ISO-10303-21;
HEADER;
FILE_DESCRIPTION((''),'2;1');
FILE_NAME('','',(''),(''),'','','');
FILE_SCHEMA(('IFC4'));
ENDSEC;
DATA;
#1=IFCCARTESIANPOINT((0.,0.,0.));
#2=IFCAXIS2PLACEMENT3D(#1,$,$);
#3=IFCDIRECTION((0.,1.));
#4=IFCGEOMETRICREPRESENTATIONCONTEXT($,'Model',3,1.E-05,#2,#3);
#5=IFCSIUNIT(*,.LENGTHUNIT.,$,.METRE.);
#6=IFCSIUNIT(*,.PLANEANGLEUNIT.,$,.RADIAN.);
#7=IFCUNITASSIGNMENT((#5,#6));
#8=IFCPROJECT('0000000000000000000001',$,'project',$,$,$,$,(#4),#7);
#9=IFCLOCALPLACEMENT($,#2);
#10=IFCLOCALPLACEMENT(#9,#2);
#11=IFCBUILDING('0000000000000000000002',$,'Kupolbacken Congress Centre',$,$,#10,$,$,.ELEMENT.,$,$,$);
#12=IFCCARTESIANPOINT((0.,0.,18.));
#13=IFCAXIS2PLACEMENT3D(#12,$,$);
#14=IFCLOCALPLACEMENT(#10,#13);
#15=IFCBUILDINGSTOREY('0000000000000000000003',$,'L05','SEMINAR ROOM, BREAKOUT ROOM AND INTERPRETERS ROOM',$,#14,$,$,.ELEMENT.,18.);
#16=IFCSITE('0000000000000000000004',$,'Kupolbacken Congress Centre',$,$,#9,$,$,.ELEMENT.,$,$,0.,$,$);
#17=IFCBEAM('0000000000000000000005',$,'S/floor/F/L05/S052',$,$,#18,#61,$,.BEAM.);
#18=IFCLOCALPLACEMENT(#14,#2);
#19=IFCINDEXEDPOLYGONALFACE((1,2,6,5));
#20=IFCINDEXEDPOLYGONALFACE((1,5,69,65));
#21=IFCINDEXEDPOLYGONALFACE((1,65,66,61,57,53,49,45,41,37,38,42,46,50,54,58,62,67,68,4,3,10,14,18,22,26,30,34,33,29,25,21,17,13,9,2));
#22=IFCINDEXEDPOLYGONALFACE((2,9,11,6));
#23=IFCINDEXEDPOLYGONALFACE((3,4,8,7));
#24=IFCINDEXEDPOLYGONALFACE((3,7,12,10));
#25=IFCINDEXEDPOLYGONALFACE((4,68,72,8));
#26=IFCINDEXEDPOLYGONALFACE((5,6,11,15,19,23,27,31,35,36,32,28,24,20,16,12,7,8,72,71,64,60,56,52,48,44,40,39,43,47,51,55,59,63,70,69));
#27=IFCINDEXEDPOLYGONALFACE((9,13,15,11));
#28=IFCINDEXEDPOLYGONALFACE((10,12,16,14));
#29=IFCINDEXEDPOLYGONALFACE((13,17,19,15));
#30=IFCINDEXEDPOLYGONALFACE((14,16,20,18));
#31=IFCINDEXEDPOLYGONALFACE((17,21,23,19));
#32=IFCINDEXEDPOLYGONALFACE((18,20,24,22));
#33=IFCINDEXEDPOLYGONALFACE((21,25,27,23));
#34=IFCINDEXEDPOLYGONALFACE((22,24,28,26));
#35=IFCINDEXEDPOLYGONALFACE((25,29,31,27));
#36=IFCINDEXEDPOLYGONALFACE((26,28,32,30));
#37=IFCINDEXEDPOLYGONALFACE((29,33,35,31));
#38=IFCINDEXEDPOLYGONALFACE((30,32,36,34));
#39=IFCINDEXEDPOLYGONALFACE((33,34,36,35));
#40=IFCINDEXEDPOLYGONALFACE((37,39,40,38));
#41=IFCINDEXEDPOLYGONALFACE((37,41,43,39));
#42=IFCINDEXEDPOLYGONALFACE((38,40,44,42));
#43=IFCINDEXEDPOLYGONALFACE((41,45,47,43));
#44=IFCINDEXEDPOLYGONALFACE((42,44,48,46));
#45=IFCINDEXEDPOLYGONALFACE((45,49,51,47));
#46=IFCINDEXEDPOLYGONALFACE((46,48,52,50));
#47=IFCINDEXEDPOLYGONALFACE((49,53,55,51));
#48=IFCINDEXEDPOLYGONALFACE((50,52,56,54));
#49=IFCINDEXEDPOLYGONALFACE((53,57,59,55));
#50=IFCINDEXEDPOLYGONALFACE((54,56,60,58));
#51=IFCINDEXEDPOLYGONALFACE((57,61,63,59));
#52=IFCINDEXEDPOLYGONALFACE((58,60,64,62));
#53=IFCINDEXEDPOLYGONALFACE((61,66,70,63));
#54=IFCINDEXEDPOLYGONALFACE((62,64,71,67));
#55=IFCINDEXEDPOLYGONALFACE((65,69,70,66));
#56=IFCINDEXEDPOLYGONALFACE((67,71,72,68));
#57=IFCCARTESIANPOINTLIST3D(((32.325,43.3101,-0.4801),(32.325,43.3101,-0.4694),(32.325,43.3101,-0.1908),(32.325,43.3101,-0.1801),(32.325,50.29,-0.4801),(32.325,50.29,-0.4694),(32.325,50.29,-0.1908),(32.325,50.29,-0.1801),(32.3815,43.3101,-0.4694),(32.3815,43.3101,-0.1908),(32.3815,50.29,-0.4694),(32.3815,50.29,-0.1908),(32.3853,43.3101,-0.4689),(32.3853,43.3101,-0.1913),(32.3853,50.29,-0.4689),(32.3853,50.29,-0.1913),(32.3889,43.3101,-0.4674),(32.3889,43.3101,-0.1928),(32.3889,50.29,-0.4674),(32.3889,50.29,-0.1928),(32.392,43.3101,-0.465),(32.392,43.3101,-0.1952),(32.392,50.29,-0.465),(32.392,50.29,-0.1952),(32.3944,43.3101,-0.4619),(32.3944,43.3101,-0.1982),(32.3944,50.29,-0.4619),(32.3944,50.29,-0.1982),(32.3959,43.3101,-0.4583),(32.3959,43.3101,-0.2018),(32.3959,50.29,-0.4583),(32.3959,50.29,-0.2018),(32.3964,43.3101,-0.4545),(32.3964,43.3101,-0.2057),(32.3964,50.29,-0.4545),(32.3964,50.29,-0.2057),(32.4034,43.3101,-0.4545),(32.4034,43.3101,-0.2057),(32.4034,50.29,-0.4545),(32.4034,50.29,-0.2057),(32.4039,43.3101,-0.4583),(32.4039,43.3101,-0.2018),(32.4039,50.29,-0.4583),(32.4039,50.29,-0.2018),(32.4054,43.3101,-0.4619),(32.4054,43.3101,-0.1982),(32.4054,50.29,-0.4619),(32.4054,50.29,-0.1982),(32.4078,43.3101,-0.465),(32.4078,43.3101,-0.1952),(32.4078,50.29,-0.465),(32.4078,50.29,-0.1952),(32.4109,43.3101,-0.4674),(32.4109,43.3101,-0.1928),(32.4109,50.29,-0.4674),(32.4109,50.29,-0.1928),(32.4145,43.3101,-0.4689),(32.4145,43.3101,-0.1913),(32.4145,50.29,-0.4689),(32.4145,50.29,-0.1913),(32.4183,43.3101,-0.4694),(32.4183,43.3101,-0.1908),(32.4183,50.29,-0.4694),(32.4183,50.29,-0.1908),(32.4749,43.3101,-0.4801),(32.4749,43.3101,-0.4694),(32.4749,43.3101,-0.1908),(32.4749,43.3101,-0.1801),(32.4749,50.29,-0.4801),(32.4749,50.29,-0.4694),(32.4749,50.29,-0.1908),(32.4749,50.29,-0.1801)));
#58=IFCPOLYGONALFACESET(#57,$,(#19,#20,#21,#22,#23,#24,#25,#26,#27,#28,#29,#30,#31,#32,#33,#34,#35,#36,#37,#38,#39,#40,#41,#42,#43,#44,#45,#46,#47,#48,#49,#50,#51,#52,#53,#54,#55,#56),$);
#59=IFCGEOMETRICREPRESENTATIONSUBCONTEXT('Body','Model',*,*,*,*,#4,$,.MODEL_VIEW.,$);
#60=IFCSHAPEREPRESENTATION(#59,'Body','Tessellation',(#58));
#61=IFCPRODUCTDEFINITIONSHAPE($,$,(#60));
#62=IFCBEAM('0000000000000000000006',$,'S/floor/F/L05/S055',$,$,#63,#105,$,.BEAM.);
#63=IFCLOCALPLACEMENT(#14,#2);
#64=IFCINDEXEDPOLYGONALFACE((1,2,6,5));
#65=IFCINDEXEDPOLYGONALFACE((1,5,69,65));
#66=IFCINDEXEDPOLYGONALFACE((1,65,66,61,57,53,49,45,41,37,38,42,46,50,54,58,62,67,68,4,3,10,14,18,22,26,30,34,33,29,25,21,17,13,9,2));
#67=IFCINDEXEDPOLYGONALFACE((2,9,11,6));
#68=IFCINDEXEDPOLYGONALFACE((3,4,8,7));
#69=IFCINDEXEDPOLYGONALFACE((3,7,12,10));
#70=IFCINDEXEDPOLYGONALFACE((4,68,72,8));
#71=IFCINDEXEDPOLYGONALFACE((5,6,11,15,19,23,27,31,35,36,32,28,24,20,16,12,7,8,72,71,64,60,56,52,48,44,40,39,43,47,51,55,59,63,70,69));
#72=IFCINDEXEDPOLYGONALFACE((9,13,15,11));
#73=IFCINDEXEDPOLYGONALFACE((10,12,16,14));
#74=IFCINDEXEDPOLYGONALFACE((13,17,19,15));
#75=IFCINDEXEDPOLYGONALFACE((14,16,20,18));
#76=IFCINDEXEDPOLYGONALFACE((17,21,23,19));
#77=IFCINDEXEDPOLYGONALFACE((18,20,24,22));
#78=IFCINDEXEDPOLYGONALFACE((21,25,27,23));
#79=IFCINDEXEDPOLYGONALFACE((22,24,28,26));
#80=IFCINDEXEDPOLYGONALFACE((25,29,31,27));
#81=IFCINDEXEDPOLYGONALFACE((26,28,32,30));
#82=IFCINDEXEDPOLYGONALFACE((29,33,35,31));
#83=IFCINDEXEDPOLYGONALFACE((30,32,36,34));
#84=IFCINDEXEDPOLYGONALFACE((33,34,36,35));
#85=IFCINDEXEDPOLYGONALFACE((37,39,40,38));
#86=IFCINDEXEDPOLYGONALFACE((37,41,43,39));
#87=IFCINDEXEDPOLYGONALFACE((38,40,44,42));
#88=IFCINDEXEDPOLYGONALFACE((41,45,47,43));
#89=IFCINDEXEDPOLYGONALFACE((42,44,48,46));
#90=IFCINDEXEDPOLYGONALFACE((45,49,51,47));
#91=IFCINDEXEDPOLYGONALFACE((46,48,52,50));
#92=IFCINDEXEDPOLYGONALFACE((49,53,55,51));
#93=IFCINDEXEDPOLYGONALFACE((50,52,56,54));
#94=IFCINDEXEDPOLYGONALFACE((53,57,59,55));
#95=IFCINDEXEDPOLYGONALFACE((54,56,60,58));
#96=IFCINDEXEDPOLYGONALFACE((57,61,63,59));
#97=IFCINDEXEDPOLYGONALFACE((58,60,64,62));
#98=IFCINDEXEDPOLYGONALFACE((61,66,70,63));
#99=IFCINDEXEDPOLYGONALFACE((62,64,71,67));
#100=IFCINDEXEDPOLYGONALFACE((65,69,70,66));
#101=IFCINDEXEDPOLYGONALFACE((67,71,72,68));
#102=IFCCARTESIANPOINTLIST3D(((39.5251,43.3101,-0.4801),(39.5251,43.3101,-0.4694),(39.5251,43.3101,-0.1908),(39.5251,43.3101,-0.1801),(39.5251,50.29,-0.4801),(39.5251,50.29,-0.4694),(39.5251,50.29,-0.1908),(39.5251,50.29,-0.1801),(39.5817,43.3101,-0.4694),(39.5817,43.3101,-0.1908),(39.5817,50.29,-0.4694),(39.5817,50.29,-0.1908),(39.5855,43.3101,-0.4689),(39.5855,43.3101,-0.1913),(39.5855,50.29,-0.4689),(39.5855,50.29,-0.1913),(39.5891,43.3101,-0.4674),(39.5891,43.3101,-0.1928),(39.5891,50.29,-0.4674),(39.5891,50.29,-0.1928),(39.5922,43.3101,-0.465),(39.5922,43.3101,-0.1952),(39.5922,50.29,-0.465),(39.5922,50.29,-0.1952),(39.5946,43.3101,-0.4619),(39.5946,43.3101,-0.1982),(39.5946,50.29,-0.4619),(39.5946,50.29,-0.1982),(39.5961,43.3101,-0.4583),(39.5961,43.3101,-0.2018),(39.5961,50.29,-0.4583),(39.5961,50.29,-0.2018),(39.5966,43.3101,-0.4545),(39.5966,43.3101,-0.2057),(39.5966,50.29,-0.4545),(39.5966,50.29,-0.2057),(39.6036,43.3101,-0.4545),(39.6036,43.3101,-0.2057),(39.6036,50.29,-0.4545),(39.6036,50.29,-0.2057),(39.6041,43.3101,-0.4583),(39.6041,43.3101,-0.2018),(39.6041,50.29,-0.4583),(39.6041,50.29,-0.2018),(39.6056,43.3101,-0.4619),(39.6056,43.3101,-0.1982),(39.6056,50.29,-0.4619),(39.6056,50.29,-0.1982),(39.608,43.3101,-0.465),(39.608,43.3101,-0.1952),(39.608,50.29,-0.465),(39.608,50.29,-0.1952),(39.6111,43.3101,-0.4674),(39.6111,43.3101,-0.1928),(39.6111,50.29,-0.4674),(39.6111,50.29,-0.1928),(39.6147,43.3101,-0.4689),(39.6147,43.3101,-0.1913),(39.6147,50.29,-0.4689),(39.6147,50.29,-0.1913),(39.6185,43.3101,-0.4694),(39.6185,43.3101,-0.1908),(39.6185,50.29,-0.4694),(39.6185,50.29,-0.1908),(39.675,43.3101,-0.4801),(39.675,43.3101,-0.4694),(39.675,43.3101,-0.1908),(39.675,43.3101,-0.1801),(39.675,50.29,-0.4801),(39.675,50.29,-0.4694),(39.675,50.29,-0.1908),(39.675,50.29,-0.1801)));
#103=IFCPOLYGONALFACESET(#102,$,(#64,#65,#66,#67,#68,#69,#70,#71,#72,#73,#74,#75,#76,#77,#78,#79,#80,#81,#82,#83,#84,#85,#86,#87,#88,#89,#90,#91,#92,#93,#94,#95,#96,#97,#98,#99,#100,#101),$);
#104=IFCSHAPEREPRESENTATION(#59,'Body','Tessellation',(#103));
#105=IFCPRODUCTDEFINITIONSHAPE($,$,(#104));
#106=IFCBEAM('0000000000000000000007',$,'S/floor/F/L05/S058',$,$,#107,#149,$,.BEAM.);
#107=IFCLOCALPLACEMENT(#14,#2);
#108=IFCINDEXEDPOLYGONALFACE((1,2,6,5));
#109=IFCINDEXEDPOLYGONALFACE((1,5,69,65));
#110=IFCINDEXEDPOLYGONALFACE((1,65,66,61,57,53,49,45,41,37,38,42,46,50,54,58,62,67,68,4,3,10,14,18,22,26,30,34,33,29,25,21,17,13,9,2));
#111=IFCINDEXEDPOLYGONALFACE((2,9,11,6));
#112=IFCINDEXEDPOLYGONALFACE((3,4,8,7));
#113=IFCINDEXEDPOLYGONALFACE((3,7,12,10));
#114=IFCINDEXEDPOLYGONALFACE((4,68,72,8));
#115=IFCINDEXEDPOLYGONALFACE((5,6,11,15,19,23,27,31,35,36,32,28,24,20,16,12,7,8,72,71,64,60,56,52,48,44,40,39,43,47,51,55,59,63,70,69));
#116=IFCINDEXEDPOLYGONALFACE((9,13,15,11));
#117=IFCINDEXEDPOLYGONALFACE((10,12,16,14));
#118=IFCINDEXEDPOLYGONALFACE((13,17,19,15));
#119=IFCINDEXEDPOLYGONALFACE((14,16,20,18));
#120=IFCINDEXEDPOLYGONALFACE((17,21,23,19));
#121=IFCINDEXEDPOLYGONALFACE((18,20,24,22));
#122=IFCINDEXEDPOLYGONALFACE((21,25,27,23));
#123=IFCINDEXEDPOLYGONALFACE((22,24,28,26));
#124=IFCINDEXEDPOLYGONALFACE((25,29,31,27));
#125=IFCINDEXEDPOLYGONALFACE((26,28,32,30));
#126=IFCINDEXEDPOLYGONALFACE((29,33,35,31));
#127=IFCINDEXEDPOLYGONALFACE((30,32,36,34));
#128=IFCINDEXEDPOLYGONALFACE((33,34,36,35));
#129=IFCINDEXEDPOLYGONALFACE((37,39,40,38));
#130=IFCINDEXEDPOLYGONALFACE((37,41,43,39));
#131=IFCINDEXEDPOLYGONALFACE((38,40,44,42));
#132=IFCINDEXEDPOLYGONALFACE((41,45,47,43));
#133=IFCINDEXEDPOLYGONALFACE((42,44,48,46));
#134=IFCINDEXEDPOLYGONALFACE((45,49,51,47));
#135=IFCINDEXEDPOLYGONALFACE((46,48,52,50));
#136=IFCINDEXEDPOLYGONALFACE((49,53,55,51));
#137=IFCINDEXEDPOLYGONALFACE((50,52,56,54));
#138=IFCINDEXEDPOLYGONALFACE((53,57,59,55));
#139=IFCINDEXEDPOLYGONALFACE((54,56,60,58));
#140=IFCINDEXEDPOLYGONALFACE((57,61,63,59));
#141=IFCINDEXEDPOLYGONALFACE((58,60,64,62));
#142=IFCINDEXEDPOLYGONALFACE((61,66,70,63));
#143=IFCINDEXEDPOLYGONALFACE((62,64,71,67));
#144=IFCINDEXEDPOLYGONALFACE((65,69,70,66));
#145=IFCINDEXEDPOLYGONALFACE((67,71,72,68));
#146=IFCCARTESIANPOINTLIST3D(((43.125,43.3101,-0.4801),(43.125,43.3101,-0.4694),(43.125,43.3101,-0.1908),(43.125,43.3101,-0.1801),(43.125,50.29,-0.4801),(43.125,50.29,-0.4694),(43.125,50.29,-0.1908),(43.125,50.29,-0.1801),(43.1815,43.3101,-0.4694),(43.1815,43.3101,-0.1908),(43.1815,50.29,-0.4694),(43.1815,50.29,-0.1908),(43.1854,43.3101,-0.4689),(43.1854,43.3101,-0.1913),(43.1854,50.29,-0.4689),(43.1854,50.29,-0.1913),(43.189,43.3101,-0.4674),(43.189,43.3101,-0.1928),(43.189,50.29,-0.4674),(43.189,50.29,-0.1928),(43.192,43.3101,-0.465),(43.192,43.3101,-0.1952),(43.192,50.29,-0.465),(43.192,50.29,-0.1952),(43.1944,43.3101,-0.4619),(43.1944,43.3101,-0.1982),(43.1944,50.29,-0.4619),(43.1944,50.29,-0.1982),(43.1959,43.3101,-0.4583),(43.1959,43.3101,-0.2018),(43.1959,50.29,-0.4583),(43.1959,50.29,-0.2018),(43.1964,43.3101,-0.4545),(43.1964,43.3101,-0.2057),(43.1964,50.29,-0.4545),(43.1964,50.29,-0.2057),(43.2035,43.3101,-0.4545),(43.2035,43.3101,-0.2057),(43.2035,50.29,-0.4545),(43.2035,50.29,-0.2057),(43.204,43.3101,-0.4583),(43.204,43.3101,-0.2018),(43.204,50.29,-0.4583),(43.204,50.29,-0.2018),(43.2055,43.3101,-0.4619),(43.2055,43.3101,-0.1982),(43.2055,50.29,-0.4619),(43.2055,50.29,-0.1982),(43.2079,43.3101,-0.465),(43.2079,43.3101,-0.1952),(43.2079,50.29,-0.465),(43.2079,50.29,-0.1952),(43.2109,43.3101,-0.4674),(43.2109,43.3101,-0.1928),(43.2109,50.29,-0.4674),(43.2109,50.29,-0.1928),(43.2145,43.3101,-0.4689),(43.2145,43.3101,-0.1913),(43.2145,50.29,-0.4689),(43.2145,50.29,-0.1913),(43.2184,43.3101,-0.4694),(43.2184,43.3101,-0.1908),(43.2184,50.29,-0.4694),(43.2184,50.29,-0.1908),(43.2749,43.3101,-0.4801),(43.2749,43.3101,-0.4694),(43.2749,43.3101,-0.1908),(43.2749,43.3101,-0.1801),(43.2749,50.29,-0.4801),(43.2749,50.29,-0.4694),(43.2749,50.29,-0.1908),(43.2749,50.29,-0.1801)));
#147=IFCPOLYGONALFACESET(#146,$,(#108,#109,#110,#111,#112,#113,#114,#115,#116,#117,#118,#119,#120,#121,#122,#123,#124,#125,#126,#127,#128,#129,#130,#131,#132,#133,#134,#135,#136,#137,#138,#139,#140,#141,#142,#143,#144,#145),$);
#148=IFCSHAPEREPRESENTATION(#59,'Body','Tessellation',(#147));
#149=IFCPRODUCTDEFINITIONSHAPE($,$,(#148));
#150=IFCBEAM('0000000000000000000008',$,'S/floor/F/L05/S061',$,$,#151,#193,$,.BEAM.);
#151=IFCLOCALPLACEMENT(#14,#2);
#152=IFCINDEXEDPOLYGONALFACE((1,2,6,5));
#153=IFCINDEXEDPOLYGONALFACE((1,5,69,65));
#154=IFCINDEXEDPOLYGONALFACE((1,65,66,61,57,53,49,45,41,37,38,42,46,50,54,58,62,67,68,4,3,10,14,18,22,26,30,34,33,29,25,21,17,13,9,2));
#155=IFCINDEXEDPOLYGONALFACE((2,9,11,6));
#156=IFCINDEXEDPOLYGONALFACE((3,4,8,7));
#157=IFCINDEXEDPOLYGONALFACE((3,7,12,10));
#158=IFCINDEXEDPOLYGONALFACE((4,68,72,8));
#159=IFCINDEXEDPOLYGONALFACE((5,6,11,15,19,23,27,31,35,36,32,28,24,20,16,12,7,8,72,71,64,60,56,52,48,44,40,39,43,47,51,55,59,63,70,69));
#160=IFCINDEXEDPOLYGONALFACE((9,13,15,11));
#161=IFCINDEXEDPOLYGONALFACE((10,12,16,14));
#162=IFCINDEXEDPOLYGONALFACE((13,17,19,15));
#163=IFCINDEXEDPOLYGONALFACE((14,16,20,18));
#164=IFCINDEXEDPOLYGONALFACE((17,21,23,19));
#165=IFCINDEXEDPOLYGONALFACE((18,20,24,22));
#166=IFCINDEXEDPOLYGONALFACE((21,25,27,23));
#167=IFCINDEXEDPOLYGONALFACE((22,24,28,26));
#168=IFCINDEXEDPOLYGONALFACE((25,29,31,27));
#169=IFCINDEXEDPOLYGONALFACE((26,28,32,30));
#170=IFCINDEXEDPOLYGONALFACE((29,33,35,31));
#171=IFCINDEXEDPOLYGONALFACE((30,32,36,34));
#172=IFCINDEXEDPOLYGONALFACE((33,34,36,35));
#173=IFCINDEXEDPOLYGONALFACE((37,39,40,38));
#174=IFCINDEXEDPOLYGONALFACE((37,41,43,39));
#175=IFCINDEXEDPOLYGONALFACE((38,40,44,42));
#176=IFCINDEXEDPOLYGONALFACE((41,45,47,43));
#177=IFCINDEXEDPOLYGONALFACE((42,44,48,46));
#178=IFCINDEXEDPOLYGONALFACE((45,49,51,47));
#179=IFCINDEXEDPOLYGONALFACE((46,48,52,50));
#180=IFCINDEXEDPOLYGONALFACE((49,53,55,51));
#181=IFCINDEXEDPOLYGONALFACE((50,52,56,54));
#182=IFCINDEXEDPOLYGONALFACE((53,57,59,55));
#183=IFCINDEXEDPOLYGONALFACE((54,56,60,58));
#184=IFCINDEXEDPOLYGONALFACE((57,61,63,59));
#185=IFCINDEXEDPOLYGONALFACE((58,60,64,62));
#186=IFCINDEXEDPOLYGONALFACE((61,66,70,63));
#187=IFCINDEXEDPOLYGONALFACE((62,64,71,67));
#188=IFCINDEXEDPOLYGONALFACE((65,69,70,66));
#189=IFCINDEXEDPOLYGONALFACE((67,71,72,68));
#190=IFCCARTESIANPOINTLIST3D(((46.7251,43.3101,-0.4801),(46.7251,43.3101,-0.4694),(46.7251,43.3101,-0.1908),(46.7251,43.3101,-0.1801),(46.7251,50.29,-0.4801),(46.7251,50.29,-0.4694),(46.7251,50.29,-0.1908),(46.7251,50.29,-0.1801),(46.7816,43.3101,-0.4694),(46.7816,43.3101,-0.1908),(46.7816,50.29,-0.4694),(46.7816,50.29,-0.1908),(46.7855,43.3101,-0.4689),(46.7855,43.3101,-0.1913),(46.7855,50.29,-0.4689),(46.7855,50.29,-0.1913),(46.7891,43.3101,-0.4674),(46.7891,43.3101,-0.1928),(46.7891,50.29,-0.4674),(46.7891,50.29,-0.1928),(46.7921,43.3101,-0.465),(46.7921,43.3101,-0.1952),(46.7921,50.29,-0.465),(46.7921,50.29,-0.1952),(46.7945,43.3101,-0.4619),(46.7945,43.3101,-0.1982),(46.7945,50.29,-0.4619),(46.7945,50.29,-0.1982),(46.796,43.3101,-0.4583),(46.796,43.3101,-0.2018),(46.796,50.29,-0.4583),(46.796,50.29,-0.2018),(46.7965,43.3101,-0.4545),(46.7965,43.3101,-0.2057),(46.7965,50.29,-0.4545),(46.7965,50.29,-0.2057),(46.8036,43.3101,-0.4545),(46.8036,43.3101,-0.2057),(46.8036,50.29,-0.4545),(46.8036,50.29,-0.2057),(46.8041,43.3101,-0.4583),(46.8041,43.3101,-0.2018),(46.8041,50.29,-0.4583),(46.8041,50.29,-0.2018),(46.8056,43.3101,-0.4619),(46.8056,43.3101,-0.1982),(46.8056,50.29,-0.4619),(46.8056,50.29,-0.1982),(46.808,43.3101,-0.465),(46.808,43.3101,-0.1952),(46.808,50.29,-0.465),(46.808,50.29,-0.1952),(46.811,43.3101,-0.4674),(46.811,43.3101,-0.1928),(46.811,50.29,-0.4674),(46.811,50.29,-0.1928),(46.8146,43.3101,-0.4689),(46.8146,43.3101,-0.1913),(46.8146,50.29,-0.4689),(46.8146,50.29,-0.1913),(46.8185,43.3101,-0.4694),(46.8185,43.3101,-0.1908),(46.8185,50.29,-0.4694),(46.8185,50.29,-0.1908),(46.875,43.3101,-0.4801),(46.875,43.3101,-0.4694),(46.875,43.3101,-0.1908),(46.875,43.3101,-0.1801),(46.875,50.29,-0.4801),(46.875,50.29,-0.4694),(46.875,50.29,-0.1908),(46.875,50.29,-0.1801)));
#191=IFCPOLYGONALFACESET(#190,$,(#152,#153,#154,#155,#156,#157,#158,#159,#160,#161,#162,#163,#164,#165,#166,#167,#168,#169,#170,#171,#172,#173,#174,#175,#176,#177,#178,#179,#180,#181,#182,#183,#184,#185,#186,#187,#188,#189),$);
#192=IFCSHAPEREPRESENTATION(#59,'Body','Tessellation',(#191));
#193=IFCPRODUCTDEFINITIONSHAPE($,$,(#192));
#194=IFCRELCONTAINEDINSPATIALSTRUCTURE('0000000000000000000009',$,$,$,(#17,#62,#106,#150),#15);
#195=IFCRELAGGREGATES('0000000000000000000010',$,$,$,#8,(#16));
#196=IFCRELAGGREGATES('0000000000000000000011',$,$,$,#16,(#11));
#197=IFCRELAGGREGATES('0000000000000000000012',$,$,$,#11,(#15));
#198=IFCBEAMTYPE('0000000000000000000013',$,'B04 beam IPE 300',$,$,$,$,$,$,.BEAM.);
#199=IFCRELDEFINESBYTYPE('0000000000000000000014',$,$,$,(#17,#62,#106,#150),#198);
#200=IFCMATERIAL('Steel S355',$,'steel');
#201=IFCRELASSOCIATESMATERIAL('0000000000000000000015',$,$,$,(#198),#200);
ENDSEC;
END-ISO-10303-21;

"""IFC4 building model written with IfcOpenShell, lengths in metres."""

from ifc_helpers import new_model, si_unit, direction, frame, origin, origin_2d, place, context, subcontext, project, spatial, i_section, extrude, material, material_profile, profile_set, type_object, element, save


model = new_model("IFC4")

# Units and contexts
model_context = context("Model", 3, precision=1e-05, world=origin(), true_north=direction((0.0, 1.0)))
body_context = subcontext(model_context, "Body", "Model", "MODEL_VIEW")
ifc_project = project(units=[si_unit("LENGTHUNIT", "METRE"), si_unit("PLANEANGLEUNIT", "RADIAN")], contexts=[model_context])

# Site, building, storey
site_placement = place(None, origin())
site = spatial("IfcSite", under=ifc_project, at=site_placement, Name="Kupolbacken Congress Centre", CompositionType="ELEMENT", RefElevation=0.0)
building_placement = place(site_placement, origin())
building = spatial("IfcBuilding", under=site, at=building_placement, Name="Kupolbacken Congress Centre", CompositionType="ELEMENT")
storey_placement = place(building_placement, frame((0.0, 0.0, 18.0)))
storey = spatial("IfcBuildingStorey", under=building, at=storey_placement, Name="L05", Description="SEMINAR ROOM, BREAKOUT ROOM AND INTERPRETERS ROOM", CompositionType="ELEMENT", Elevation=18.0)

# Beams
ifc_material_1 = material(Name="Steel S355", Category="steel")
ifc_material_profile_1 = material_profile(ifc_material_1, i_section(OverallWidth=0.1499, OverallDepth=0.3, WebThickness=0.0071, FlangeThickness=0.0107, FilletRadius=0.0149, at=origin_2d()), Name="IPE 300")
ifc_profile_set_1 = profile_set([ifc_material_profile_1], Name="Steel S355")
beam_type_1 = type_object("IfcBeamType", Name="B04 beam IPE 300", PredefinedType="BEAM", material=ifc_profile_set_1)
for number, where, z_axis, x_axis, name in (
    (1, (32.3999, 43.3101, -0.3301), (0.0, 1.0, 0.0), (-1.0, 0.0, 0.0), "S/floor/F/L05/S052"),
    (2, (39.6001, 43.3101, -0.3301), (0.0, 1.0, 0.0), (-1.0, 0.0, 0.0), "S/floor/F/L05/S055"),
    (3, (43.2, 43.3101, -0.3301), (0.0, 1.0, 0.0), (-1.0, 0.0, 0.0), "S/floor/F/L05/S058"),
    (4, (46.8, 43.3101, -0.3301), (0.0, 1.0, 0.0), (-1.0, 0.0, 0.0), "S/floor/F/L05/S061"),
):
    element("IfcBeam", number, at=place(storey_placement, frame(where, z_axis=z_axis, x_axis=x_axis)), inside=storey, type_object=beam_type_1, Name=name, PredefinedType="BEAM", context=body_context, shape_type="SweptSolid", body=[
        extrude(i_section(OverallWidth=0.1499, OverallDepth=0.3, WebThickness=0.0071, FlangeThickness=0.0107, FilletRadius=0.0149, at=origin_2d()), origin(), (0.0, 0.0, 1.0), 6.98),
    ])

save(model, "model.ifc")
